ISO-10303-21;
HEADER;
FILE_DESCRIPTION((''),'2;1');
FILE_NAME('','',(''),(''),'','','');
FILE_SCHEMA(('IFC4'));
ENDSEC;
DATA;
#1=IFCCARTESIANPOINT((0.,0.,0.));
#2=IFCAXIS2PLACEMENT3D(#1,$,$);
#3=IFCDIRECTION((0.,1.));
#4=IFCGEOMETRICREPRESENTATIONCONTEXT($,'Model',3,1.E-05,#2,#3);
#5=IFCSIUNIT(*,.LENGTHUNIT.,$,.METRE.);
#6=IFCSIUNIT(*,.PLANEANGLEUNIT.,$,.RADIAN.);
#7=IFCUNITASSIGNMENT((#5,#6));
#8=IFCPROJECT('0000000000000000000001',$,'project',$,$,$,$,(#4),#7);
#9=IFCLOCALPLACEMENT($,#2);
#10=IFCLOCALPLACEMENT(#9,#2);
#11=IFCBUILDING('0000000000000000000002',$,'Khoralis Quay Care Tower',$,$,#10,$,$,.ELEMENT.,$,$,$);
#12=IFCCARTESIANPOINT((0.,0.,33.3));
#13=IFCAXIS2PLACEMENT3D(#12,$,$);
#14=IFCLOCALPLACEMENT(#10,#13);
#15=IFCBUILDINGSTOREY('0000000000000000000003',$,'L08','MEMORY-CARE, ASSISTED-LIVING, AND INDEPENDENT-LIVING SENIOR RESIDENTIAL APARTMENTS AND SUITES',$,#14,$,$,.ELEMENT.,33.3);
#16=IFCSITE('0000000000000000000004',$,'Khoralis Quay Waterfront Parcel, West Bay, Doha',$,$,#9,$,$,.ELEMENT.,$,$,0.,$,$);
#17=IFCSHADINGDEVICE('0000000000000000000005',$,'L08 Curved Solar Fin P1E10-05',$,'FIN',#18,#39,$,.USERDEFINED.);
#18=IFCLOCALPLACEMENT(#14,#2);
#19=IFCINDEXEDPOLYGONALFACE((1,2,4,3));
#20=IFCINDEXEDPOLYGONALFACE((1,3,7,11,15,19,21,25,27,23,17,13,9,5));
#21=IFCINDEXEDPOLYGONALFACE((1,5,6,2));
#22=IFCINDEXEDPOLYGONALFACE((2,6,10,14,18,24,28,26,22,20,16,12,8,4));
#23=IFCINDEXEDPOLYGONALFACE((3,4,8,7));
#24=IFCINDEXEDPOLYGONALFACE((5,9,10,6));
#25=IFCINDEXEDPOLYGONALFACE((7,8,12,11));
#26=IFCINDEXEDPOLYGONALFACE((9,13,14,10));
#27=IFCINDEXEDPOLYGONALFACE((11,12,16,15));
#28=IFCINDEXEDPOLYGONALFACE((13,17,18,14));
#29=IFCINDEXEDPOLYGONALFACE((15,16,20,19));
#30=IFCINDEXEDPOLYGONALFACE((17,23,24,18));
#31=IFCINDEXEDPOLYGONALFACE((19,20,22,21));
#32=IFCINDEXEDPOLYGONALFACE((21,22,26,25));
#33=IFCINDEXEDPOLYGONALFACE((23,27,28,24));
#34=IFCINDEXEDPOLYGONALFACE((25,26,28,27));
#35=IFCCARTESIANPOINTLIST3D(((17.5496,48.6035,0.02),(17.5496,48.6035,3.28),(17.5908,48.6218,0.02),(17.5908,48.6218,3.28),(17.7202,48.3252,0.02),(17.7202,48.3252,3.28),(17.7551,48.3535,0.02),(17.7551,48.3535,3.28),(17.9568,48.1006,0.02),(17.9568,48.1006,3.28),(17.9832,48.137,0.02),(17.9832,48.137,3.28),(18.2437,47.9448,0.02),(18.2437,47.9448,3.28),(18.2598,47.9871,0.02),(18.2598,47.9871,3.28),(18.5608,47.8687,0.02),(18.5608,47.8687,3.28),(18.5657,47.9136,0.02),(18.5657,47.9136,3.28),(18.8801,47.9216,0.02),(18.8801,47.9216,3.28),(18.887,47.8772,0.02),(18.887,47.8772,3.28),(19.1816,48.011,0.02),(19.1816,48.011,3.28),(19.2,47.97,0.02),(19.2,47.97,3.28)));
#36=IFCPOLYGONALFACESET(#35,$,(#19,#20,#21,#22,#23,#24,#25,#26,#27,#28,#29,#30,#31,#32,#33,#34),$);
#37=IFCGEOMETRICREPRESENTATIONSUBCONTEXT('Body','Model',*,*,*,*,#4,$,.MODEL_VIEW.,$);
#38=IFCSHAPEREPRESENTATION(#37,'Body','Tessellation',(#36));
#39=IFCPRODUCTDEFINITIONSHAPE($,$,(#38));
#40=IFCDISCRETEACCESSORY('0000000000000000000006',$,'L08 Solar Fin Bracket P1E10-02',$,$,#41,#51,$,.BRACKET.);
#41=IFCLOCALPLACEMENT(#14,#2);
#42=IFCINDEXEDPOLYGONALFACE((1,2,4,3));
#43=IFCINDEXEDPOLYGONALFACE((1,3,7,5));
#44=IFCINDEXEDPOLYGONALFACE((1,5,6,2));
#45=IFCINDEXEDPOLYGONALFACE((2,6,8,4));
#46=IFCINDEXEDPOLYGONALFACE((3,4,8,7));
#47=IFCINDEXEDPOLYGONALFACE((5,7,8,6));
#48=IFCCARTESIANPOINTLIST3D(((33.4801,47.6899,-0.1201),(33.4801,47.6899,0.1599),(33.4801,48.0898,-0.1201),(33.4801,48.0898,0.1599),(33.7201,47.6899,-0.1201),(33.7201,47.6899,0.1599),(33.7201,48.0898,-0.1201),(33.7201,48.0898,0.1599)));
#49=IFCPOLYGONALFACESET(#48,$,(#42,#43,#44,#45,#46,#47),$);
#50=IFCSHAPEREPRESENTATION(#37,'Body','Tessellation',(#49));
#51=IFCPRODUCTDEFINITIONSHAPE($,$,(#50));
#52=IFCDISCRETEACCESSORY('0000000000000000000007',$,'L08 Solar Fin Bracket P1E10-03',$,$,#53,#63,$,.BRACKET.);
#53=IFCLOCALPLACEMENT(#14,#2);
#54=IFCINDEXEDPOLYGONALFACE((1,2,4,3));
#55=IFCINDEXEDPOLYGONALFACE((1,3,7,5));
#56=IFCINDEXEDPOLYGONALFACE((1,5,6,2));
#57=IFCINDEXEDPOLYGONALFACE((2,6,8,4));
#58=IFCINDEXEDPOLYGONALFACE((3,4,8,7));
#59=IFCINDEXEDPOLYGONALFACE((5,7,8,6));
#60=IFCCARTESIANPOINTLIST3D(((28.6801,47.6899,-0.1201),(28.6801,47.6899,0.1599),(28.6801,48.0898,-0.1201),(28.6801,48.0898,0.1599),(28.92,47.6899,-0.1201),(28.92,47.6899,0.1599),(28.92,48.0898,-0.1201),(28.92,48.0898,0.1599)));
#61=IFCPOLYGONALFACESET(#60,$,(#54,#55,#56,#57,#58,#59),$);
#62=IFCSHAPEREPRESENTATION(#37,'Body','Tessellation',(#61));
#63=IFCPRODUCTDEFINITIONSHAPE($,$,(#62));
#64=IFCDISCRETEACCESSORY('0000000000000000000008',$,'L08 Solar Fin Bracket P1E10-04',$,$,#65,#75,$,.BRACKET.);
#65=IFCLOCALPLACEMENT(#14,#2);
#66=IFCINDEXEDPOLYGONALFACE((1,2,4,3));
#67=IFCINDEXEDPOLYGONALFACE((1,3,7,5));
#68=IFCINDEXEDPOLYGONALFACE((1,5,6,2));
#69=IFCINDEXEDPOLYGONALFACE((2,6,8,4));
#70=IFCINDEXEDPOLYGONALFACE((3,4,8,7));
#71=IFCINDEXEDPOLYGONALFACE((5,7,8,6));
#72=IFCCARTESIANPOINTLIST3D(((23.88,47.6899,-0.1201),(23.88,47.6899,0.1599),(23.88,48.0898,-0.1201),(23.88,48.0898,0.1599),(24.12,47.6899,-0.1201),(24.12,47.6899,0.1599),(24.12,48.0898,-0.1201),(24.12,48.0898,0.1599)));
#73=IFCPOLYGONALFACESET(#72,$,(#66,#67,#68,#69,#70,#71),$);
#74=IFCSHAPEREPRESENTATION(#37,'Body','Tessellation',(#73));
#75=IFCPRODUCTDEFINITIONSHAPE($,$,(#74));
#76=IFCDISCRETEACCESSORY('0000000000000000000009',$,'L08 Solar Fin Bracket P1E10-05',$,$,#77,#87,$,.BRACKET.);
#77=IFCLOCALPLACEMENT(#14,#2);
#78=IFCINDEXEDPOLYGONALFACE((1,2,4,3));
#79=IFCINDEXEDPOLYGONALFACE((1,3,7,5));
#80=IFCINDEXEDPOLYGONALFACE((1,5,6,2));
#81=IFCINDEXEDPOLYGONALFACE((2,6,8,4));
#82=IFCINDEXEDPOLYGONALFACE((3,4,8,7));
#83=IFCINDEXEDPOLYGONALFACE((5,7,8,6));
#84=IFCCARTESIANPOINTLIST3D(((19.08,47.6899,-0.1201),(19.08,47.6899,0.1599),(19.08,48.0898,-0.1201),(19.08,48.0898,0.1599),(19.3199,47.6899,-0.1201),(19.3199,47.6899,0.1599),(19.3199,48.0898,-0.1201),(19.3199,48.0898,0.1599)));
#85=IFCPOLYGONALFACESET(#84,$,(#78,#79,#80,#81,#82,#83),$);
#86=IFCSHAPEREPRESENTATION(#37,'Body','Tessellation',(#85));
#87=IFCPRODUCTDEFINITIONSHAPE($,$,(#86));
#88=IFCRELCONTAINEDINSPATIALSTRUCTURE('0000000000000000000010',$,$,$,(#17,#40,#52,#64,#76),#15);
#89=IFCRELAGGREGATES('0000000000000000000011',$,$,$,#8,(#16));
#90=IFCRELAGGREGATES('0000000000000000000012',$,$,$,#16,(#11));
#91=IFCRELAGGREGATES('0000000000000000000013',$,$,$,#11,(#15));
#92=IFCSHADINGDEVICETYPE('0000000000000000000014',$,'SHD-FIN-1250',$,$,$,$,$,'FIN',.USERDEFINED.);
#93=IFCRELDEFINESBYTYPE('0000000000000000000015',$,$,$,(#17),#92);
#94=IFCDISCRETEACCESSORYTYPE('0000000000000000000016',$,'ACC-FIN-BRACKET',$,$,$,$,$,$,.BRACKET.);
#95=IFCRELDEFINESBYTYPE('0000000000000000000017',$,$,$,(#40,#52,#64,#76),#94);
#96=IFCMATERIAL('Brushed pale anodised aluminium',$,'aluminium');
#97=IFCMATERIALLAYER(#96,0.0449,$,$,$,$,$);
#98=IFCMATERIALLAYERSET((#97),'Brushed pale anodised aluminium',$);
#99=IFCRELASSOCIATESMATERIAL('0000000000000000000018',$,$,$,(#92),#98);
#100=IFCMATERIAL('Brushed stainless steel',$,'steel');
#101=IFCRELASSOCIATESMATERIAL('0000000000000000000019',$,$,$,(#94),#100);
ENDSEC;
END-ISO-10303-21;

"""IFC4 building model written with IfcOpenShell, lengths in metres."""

from ifc_helpers import new_model, si_unit, direction, frame, origin, origin_2d, place, context, subcontext, project, spatial, polyline, rectangle, outline, extrude, source, transform, mapped, material, layer, layer_set, type_object, element, save


model = new_model("IFC4")

# Units and contexts
model_context = context("Model", 3, precision=1e-05, world=origin(), true_north=direction((0.0, 1.0)))
body_context = subcontext(model_context, "Body", "Model", "MODEL_VIEW")
ifc_project = project(units=[si_unit("LENGTHUNIT", "METRE"), si_unit("PLANEANGLEUNIT", "RADIAN")], contexts=[model_context])

# Site, building, storey
site_placement = place(None, origin())
site = spatial("IfcSite", under=ifc_project, at=site_placement, Name="Khoralis Quay Waterfront Parcel, West Bay, Doha", CompositionType="ELEMENT", RefElevation=0.0)
building_placement = place(site_placement, origin())
building = spatial("IfcBuilding", under=site, at=building_placement, Name="Khoralis Quay Care Tower", CompositionType="ELEMENT")
storey_placement = place(building_placement, frame((0.0, 0.0, 33.3)))
storey = spatial("IfcBuildingStorey", under=building, at=storey_placement, Name="L08", Description="MEMORY-CARE, ASSISTED-LIVING, AND INDEPENDENT-LIVING SENIOR RESIDENTIAL APARTMENTS AND SUITES", CompositionType="ELEMENT", Elevation=33.3)

# Shading device
ifc_material_1 = material(Name="Brushed pale anodised aluminium", Category="aluminium")
ifc_layer_1 = layer(ifc_material_1, 0.0449)
ifc_layer_set_1 = layer_set([ifc_layer_1], Name="Brushed pale anodised aluminium")
shading_device_type = type_object("IfcShadingDeviceType", Name="SHD-FIN-1250", ElementType="FIN", PredefinedType="USERDEFINED", material=ifc_layer_set_1)
shared_shape_1 = source(origin(), body_context, "Body", "SweptSolid", [
    extrude(outline(polyline([(0.0, 0.0), (-0.0928, 0.313), (-0.1013, 0.6392), (-0.0251, 0.9563), (0.1306, 1.2432), (0.3552, 1.4797), (0.6335, 1.6504), (0.6519, 1.6091), (0.3835, 1.4448), (0.167, 1.2168), (0.0171, 0.9402), (-0.0564, 0.6343), (-0.0483, 0.3198), (0.041, 0.0183), (0.0, 0.0)])), origin(), (0.0, 0.0, 1.0), 3.26),
])
for number, where, z_axis, x_axis, name in (
    (1, (19.2, 47.97, 0.02), (0.0, 0.0, 1.0), (0.0, 1.0, 0.0), "L08 Curved Solar Fin P1E10-05"),
):
    element("IfcShadingDevice", number, at=place(storey_placement, frame(where, z_axis=z_axis, x_axis=x_axis)), inside=storey, type_object=shading_device_type, Name=name, ObjectType="FIN", PredefinedType="USERDEFINED", context=body_context, shape_type="MappedRepresentation", body=[
        mapped(shared_shape_1, transform((0.0, 0.0, 0.0), scale=1.0)),
    ])

# Discrete accessories
ifc_material_2 = material(Name="Brushed stainless steel", Category="steel")
discrete_accessory_type = type_object("IfcDiscreteAccessoryType", Name="ACC-FIN-BRACKET", PredefinedType="BRACKET", material=ifc_material_2)
shared_shape_2 = source(origin(), body_context, "Body", "SweptSolid", [
    extrude(rectangle(XDim=0.3999, YDim=0.24, at=origin_2d()), origin(), (0.0, 0.0, 1.0), 0.28),
])
for number, where, z_axis, x_axis, name in (
    (2, (33.6001, 47.8899, -0.1201), (0.0, 0.0, 1.0), (0.0, 1.0, 0.0), "L08 Solar Fin Bracket P1E10-02"),
    (3, (28.8, 47.8899, -0.1201), (0.0, 0.0, 1.0), (0.0, 1.0, 0.0), "L08 Solar Fin Bracket P1E10-03"),
    (4, (24.0, 47.8899, -0.1201), (0.0, 0.0, 1.0), (0.0, 1.0, 0.0), "L08 Solar Fin Bracket P1E10-04"),
    (5, (19.2, 47.8899, -0.1201), (0.0, 0.0, 1.0), (0.0, 1.0, 0.0), "L08 Solar Fin Bracket P1E10-05"),
):
    element("IfcDiscreteAccessory", number, at=place(storey_placement, frame(where, z_axis=z_axis, x_axis=x_axis)), inside=storey, type_object=discrete_accessory_type, Name=name, PredefinedType="BRACKET", context=body_context, shape_type="MappedRepresentation", body=[
        mapped(shared_shape_2, transform((0.0, 0.0, 0.0), scale=1.0)),
    ])

save(model, "model.ifc")
